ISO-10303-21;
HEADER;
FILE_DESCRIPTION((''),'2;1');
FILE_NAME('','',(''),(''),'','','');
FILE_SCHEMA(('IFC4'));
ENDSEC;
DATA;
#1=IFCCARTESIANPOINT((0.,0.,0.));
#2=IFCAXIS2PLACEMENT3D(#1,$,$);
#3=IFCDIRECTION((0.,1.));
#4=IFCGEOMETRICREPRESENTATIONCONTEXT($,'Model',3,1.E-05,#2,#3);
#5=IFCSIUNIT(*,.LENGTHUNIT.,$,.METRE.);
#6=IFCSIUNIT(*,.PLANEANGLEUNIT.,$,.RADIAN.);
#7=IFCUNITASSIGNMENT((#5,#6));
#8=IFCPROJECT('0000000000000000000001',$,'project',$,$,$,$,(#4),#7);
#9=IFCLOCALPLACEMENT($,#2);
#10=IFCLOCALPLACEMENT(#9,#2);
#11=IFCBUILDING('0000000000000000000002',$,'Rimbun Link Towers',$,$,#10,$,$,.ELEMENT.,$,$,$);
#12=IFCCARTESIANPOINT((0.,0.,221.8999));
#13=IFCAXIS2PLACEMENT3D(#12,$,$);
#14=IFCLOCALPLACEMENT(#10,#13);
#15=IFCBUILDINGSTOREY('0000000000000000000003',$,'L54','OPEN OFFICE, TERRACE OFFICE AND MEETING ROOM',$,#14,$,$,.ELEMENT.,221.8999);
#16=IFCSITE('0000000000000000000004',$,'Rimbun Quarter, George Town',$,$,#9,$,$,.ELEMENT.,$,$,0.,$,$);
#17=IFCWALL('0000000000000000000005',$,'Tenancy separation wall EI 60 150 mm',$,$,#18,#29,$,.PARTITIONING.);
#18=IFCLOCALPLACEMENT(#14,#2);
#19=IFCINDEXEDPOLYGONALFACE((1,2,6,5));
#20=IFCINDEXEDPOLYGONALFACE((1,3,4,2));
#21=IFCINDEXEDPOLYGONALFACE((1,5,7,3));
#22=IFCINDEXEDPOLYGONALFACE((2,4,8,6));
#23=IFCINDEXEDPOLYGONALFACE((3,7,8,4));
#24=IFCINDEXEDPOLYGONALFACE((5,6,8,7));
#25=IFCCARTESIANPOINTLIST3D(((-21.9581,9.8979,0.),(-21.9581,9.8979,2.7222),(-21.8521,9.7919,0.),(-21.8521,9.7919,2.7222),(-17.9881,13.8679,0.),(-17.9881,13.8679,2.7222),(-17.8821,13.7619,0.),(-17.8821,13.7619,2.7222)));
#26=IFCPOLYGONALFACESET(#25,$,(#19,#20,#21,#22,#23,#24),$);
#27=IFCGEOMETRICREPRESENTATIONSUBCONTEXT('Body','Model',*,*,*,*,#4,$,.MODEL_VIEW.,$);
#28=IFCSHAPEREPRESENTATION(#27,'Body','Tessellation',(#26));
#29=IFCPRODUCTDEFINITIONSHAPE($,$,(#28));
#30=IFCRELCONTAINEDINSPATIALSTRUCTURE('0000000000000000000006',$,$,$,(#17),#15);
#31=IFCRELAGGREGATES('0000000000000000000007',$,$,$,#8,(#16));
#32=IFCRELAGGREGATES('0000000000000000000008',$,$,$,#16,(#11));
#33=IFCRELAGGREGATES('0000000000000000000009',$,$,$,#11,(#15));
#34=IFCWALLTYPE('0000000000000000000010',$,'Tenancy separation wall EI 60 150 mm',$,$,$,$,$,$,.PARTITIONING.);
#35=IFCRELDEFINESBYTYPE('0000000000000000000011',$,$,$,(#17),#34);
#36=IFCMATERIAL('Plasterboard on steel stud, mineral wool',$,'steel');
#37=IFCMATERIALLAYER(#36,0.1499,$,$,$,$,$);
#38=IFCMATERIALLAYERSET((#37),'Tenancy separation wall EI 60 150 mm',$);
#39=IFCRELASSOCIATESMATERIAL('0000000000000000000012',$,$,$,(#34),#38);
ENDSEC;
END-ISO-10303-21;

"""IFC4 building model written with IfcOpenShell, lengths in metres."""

from ifc_helpers import new_model, si_unit, direction, frame, frame_2d, origin, place, context, subcontext, project, spatial, rectangle, extrude, material, layer, layer_set, type_object, element, save


model = new_model("IFC4")

# Units and contexts
model_context = context("Model", 3, precision=1e-05, world=origin(), true_north=direction((0.0, 1.0)))
body_context = subcontext(model_context, "Body", "Model", "MODEL_VIEW")
ifc_project = project(units=[si_unit("LENGTHUNIT", "METRE"), si_unit("PLANEANGLEUNIT", "RADIAN")], contexts=[model_context])

# Site, building, storey
site_placement = place(None, origin())
site = spatial("IfcSite", under=ifc_project, at=site_placement, Name="Rimbun Quarter, George Town", CompositionType="ELEMENT", RefElevation=0.0)
building_placement = place(site_placement, origin())
building = spatial("IfcBuilding", under=site, at=building_placement, Name="Rimbun Link Towers", CompositionType="ELEMENT")
storey_placement = place(building_placement, frame((0.0, 0.0, 221.8999)))
storey = spatial("IfcBuildingStorey", under=building, at=storey_placement, Name="L54", Description="OPEN OFFICE, TERRACE OFFICE AND MEETING ROOM", CompositionType="ELEMENT", Elevation=221.8999)

# Wall
ifc_material_1 = material(Name="Plasterboard on steel stud, mineral wool", Category="steel")
ifc_layer_1 = layer(ifc_material_1, 0.1499)
ifc_layer_set_1 = layer_set([ifc_layer_1], Name="Tenancy separation wall EI 60 150 mm")
wall_type_1 = type_object("IfcWallType", Name="Tenancy separation wall EI 60 150 mm", PredefinedType="PARTITIONING", material=ifc_layer_set_1)
wall_1_placement = place(storey_placement, frame((-21.905, 9.845, 0.0), z_axis=(0.0, 0.0, 1.0), x_axis=(0.707107, 0.707107, 0.0)))
element("IfcWall", 1, at=wall_1_placement, inside=storey, type_object=wall_type_1, Name="Tenancy separation wall EI 60 150 mm", PredefinedType="PARTITIONING", context=body_context, shape_type="SweptSolid", body=[
    extrude(rectangle(XDim=5.6145, YDim=0.1499, at=frame_2d((2.8071, 0.0))), origin(), (0.0, 0.0, 1.0), 2.7222),
])

save(model, "model.ifc")
